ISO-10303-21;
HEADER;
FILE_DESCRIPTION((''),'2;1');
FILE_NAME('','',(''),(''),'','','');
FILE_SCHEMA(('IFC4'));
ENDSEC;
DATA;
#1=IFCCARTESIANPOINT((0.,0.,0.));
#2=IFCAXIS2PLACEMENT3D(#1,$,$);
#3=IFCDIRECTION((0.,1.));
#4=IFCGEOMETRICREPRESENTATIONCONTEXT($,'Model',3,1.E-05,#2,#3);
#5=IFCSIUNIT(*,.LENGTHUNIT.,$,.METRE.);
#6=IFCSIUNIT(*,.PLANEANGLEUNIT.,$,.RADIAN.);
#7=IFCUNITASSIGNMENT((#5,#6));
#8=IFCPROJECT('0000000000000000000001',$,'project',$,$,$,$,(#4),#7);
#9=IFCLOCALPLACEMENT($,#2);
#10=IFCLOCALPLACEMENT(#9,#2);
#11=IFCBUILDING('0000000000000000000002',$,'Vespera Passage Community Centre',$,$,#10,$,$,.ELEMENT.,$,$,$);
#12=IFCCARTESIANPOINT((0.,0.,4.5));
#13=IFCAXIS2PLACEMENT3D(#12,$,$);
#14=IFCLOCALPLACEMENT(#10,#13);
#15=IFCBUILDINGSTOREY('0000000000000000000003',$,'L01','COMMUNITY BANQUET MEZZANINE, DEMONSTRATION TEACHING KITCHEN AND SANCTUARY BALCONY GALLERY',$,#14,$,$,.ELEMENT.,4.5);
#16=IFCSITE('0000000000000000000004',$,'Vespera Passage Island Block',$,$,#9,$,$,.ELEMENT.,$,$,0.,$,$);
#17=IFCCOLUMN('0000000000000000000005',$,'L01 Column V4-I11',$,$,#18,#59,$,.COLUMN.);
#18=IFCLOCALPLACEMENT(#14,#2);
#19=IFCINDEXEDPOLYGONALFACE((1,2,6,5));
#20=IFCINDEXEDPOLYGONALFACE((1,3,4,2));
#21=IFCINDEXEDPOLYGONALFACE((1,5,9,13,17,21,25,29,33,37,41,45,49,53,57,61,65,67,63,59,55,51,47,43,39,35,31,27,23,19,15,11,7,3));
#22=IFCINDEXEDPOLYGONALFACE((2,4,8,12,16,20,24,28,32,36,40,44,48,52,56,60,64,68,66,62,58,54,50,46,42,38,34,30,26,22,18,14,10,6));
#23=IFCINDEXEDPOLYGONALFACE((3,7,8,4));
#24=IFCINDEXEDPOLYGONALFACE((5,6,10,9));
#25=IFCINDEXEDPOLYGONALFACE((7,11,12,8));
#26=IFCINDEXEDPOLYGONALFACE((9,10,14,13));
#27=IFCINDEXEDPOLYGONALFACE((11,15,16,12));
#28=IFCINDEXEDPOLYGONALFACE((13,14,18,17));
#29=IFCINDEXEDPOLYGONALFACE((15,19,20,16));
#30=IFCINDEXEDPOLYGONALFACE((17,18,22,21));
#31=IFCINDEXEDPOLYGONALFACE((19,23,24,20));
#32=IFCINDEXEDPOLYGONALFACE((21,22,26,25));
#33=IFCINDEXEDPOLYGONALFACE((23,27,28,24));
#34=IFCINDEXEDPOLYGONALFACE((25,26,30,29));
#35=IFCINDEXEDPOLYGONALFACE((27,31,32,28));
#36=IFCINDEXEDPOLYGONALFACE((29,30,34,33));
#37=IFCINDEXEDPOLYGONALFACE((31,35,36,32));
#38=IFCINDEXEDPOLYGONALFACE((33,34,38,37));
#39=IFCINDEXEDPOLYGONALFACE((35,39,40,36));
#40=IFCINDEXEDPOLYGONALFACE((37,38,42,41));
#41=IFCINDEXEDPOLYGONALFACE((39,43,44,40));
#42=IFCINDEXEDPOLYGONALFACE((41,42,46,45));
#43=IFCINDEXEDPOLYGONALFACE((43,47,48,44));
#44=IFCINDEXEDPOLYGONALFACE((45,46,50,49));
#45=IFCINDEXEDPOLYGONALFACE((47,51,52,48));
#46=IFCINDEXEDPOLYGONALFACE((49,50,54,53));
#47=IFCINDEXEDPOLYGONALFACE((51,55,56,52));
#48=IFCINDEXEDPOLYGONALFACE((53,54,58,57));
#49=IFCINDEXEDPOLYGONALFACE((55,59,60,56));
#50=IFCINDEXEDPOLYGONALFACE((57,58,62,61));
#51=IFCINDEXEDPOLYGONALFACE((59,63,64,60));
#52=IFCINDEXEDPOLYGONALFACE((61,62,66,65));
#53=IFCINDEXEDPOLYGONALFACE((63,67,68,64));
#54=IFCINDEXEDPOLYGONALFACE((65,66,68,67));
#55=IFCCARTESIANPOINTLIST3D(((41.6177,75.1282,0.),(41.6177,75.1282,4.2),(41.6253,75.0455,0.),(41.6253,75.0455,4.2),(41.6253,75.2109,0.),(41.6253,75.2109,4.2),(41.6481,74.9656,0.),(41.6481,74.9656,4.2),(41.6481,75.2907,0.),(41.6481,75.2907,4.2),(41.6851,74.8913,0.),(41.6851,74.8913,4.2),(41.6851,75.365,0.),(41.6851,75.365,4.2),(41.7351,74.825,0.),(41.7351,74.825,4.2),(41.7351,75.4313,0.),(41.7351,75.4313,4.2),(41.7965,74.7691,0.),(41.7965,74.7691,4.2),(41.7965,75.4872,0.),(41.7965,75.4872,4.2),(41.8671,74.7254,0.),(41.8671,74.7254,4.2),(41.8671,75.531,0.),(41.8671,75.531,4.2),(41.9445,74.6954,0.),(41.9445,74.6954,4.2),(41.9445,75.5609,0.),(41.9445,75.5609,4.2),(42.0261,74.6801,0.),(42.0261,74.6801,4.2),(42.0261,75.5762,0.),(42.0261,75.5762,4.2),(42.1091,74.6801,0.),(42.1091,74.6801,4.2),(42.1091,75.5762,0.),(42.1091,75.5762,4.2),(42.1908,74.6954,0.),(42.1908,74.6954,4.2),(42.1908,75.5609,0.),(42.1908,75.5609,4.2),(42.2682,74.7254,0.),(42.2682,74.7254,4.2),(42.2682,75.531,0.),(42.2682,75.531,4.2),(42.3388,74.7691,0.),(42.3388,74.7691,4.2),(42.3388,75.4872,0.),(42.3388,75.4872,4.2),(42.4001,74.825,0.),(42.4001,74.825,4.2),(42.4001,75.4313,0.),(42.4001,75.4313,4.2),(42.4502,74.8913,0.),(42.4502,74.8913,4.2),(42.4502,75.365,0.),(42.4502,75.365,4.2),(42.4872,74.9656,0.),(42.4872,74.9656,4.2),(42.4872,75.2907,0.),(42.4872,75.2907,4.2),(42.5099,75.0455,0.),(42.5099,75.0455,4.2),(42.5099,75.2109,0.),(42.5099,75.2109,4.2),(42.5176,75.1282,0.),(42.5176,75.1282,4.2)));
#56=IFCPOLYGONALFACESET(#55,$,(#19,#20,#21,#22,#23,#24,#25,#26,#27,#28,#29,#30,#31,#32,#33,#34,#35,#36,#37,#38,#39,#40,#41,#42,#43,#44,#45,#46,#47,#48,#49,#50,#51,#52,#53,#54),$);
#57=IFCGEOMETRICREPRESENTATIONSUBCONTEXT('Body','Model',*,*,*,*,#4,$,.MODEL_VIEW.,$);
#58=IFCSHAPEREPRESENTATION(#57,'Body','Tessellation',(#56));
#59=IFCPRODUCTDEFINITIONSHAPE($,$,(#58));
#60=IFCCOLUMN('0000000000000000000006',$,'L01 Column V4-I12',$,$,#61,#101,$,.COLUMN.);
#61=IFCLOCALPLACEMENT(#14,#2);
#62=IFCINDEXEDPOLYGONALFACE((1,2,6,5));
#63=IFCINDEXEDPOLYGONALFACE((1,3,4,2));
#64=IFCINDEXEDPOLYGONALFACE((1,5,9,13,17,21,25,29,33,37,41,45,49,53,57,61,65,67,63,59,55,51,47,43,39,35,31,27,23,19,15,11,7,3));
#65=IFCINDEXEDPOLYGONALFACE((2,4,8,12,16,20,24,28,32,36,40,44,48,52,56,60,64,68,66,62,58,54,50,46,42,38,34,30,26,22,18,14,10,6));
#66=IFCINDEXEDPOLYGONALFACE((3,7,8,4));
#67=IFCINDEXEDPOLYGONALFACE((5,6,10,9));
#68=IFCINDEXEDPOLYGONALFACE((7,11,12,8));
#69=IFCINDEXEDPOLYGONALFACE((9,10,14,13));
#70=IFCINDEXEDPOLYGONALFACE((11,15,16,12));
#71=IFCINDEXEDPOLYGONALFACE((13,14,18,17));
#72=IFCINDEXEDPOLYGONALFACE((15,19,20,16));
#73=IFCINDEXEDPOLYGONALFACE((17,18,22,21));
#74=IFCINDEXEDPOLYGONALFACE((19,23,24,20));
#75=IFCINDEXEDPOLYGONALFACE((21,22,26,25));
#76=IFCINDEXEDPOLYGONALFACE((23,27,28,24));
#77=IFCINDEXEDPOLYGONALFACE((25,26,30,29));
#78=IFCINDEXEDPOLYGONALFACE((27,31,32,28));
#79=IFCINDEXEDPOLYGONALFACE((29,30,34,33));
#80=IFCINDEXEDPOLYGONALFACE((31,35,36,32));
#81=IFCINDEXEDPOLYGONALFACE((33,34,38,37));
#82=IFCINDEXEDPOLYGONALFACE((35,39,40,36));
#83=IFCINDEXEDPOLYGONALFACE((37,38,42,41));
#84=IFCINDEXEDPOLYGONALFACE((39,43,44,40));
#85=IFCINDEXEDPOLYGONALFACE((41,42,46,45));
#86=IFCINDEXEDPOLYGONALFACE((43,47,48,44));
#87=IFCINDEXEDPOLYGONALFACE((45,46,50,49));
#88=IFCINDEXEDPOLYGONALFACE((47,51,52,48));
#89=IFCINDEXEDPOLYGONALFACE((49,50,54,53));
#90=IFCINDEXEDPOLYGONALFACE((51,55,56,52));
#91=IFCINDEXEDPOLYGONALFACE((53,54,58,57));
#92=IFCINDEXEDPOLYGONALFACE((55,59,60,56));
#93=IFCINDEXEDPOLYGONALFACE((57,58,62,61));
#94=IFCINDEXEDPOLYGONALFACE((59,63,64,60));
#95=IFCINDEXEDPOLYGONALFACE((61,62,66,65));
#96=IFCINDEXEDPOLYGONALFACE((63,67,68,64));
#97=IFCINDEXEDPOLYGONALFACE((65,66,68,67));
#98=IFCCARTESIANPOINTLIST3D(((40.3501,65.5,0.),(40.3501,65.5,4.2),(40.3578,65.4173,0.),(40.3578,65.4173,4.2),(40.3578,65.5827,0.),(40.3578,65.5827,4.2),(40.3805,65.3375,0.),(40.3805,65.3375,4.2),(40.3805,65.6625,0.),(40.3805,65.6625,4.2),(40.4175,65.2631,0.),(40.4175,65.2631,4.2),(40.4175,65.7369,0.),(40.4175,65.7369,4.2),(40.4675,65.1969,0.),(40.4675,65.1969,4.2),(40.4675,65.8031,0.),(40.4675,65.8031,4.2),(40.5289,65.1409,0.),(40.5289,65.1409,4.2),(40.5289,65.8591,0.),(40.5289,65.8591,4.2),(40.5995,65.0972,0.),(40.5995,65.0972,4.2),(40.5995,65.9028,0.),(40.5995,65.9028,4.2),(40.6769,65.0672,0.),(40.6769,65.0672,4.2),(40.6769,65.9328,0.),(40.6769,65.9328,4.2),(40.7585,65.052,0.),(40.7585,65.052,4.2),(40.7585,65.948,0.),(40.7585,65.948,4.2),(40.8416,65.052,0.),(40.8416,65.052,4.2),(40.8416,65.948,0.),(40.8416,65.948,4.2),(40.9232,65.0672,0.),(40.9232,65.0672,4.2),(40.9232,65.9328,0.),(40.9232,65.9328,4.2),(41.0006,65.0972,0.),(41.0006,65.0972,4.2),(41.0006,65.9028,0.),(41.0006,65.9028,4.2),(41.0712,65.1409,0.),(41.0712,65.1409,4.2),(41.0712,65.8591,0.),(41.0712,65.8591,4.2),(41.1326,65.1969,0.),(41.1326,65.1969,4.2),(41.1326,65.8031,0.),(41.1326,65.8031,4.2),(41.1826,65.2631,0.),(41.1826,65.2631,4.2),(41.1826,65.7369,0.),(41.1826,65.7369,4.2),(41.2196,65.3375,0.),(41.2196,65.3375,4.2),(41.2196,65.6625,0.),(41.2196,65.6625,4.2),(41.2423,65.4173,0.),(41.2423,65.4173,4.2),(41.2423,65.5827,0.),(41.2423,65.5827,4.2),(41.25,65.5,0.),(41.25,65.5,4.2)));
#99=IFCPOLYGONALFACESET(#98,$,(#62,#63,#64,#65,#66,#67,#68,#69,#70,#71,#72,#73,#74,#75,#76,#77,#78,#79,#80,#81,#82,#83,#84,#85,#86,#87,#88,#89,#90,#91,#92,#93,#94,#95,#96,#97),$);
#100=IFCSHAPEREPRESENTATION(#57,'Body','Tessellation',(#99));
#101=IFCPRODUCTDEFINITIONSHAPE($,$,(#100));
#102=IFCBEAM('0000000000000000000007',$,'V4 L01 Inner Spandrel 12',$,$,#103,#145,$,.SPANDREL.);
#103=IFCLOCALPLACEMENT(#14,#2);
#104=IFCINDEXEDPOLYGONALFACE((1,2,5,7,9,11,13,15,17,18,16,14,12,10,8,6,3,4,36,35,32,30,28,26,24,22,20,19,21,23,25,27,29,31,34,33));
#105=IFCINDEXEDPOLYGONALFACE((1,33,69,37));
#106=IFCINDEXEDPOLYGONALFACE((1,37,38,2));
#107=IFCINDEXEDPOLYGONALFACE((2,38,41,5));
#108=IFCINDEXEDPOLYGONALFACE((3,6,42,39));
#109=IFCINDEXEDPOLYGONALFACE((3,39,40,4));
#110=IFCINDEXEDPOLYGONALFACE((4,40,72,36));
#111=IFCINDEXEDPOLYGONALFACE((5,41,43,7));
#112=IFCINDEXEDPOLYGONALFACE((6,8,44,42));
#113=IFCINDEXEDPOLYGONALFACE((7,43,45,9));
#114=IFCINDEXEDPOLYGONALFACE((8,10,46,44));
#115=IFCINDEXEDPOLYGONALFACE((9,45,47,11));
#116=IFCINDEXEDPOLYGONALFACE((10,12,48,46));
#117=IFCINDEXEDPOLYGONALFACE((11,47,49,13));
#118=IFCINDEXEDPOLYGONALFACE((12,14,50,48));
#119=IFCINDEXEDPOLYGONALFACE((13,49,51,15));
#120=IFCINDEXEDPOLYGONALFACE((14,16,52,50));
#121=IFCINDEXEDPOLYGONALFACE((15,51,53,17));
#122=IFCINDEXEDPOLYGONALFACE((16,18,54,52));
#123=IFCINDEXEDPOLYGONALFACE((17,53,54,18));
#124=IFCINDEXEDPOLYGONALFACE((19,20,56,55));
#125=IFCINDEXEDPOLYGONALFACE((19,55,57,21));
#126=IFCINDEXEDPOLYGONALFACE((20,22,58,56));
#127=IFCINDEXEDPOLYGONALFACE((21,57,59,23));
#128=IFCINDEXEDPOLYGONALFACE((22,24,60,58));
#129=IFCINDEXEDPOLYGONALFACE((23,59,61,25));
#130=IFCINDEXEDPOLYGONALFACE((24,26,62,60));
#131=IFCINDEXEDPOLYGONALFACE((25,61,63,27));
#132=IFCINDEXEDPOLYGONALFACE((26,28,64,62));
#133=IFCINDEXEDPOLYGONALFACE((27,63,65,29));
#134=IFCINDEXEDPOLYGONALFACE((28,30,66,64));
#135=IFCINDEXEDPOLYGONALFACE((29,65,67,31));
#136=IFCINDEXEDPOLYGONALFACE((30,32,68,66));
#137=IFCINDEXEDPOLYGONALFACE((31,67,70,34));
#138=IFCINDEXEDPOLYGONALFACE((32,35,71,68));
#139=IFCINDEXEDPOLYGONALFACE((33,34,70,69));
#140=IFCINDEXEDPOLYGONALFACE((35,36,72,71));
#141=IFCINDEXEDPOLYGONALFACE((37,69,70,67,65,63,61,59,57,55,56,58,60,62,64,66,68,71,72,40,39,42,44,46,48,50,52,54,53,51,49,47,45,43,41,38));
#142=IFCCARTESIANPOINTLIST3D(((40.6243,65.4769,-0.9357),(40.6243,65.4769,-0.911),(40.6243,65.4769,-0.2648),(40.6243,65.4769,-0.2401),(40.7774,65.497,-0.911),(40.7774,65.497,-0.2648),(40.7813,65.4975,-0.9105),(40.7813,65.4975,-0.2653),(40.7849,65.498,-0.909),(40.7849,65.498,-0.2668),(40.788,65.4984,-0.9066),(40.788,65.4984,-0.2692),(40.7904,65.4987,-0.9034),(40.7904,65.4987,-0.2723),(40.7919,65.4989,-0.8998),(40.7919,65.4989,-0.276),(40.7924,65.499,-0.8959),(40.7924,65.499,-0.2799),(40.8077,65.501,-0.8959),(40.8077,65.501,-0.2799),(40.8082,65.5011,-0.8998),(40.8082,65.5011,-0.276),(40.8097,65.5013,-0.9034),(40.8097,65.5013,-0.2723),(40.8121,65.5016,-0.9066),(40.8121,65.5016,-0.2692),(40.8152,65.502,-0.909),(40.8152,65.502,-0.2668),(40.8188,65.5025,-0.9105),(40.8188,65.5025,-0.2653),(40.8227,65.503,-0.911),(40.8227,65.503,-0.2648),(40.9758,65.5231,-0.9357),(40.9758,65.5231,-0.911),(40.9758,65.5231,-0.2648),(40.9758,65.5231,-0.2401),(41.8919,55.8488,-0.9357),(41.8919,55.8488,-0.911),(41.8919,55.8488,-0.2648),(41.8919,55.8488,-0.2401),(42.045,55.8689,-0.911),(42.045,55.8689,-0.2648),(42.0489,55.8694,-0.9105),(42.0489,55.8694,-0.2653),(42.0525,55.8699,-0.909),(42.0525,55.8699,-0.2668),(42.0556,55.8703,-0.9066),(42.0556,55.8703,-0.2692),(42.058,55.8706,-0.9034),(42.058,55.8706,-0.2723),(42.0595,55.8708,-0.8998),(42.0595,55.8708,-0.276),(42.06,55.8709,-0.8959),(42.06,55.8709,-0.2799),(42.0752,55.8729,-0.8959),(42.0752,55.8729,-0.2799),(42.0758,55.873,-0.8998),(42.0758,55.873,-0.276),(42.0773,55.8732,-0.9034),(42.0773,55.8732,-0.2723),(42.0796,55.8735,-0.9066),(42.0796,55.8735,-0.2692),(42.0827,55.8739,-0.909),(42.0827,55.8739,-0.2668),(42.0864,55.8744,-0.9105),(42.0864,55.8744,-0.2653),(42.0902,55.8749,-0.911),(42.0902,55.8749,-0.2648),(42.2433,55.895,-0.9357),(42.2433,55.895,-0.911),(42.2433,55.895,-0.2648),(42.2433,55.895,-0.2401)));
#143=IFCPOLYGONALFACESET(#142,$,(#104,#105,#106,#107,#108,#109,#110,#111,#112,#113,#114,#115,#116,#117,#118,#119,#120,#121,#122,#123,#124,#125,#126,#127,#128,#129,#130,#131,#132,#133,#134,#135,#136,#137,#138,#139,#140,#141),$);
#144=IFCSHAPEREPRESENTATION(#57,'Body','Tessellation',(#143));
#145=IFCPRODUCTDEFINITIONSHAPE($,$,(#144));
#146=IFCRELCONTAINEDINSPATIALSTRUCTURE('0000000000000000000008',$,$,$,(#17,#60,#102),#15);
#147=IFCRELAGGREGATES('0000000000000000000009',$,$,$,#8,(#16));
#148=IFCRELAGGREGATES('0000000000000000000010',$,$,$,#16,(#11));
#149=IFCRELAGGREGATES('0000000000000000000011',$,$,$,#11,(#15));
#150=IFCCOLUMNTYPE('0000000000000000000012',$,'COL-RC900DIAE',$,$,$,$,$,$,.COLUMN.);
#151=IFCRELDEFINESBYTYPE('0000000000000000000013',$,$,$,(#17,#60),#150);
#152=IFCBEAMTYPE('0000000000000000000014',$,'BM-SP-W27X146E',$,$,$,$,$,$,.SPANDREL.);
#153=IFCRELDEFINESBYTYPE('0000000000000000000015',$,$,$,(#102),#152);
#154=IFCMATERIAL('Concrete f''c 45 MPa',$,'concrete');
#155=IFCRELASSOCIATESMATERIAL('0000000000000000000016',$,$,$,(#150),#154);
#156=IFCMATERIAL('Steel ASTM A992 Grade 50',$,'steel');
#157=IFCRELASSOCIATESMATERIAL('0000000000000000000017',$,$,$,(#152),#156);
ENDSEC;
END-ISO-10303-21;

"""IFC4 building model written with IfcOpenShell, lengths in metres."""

from ifc_helpers import new_model, si_unit, direction, frame, origin, origin_2d, place, context, subcontext, project, spatial, circle, i_section, extrude, material, material_profile, profile_set, type_object, element, save


model = new_model("IFC4")

# Units and contexts
model_context = context("Model", 3, precision=1e-05, world=origin(), true_north=direction((0.0, 1.0)))
body_context = subcontext(model_context, "Body", "Model", "MODEL_VIEW")
ifc_project = project(units=[si_unit("LENGTHUNIT", "METRE"), si_unit("PLANEANGLEUNIT", "RADIAN")], contexts=[model_context])

# Site, building, storey
site_placement = place(None, origin())
site = spatial("IfcSite", under=ifc_project, at=site_placement, Name="Vespera Passage Island Block", CompositionType="ELEMENT", RefElevation=0.0)
building_placement = place(site_placement, origin())
building = spatial("IfcBuilding", under=site, at=building_placement, Name="Vespera Passage Community Centre", CompositionType="ELEMENT")
storey_placement = place(building_placement, frame((0.0, 0.0, 4.5)))
storey = spatial("IfcBuildingStorey", under=building, at=storey_placement, Name="L01", Description="COMMUNITY BANQUET MEZZANINE, DEMONSTRATION TEACHING KITCHEN AND SANCTUARY BALCONY GALLERY", CompositionType="ELEMENT", Elevation=4.5)

# Columns
ifc_material_1 = material(Name="Concrete f'c 45 MPa", Category="concrete")
ifc_material_profile_1 = material_profile(ifc_material_1, circle(Radius=0.45, at=origin_2d()), Name="RC900DIA")
ifc_profile_set_1 = profile_set([ifc_material_profile_1], Name="Concrete f'c 45 MPa")
column_type = type_object("IfcColumnType", Name="COL-RC900DIAE", PredefinedType="COLUMN", material=ifc_profile_set_1)
for number, where, z_axis, x_axis, name in (
    (1, (42.0676, 75.1282, 0.0), (0.0, 0.0, 1.0), (1.0, 0.0, 0.0), "L01 Column V4-I11"),
    (2, (40.8, 65.5, 0.0), (0.0, 0.0, 1.0), (1.0, 0.0, 0.0), "L01 Column V4-I12"),
):
    element("IfcColumn", number, at=place(storey_placement, frame(where, z_axis=z_axis, x_axis=x_axis)), inside=storey, type_object=column_type, Name=name, PredefinedType="COLUMN", context=body_context, shape_type="SweptSolid", body=[
        extrude(circle(Radius=0.45, at=origin_2d()), origin(), (0.0, 0.0, 1.0), 4.2),
    ])

# Beam
ifc_material_2 = material(Name="Steel ASTM A992 Grade 50", Category="steel")
ifc_material_profile_2 = material_profile(ifc_material_2, i_section(OverallWidth=0.3545, OverallDepth=0.6956, WebThickness=0.0154, FlangeThickness=0.0247, FilletRadius=0.0151, at=origin_2d()), Name="W27X146")
ifc_profile_set_2 = profile_set([ifc_material_profile_2], Name="Steel ASTM A992 Grade 50")
beam_type = type_object("IfcBeamType", Name="BM-SP-W27X146E", PredefinedType="SPANDREL", material=ifc_profile_set_2)
beam_placement = place(storey_placement, frame((40.8, 65.5, -0.5879), z_axis=(0.130527, -0.991445, 0.0), x_axis=(0.991445, 0.130527, 0.0)))
element("IfcBeam", 3, at=beam_placement, inside=storey, type_object=beam_type, Name="V4 L01 Inner Spandrel 12", PredefinedType="SPANDREL", context=body_context, shape_type="SweptSolid", body=[
    extrude(i_section(OverallWidth=0.3545, OverallDepth=0.6956, WebThickness=0.0154, FlangeThickness=0.0247, FilletRadius=0.0151, at=origin_2d()), origin(), (0.0, 0.0, 1.0), 9.7112),
])

save(model, "model.ifc")
